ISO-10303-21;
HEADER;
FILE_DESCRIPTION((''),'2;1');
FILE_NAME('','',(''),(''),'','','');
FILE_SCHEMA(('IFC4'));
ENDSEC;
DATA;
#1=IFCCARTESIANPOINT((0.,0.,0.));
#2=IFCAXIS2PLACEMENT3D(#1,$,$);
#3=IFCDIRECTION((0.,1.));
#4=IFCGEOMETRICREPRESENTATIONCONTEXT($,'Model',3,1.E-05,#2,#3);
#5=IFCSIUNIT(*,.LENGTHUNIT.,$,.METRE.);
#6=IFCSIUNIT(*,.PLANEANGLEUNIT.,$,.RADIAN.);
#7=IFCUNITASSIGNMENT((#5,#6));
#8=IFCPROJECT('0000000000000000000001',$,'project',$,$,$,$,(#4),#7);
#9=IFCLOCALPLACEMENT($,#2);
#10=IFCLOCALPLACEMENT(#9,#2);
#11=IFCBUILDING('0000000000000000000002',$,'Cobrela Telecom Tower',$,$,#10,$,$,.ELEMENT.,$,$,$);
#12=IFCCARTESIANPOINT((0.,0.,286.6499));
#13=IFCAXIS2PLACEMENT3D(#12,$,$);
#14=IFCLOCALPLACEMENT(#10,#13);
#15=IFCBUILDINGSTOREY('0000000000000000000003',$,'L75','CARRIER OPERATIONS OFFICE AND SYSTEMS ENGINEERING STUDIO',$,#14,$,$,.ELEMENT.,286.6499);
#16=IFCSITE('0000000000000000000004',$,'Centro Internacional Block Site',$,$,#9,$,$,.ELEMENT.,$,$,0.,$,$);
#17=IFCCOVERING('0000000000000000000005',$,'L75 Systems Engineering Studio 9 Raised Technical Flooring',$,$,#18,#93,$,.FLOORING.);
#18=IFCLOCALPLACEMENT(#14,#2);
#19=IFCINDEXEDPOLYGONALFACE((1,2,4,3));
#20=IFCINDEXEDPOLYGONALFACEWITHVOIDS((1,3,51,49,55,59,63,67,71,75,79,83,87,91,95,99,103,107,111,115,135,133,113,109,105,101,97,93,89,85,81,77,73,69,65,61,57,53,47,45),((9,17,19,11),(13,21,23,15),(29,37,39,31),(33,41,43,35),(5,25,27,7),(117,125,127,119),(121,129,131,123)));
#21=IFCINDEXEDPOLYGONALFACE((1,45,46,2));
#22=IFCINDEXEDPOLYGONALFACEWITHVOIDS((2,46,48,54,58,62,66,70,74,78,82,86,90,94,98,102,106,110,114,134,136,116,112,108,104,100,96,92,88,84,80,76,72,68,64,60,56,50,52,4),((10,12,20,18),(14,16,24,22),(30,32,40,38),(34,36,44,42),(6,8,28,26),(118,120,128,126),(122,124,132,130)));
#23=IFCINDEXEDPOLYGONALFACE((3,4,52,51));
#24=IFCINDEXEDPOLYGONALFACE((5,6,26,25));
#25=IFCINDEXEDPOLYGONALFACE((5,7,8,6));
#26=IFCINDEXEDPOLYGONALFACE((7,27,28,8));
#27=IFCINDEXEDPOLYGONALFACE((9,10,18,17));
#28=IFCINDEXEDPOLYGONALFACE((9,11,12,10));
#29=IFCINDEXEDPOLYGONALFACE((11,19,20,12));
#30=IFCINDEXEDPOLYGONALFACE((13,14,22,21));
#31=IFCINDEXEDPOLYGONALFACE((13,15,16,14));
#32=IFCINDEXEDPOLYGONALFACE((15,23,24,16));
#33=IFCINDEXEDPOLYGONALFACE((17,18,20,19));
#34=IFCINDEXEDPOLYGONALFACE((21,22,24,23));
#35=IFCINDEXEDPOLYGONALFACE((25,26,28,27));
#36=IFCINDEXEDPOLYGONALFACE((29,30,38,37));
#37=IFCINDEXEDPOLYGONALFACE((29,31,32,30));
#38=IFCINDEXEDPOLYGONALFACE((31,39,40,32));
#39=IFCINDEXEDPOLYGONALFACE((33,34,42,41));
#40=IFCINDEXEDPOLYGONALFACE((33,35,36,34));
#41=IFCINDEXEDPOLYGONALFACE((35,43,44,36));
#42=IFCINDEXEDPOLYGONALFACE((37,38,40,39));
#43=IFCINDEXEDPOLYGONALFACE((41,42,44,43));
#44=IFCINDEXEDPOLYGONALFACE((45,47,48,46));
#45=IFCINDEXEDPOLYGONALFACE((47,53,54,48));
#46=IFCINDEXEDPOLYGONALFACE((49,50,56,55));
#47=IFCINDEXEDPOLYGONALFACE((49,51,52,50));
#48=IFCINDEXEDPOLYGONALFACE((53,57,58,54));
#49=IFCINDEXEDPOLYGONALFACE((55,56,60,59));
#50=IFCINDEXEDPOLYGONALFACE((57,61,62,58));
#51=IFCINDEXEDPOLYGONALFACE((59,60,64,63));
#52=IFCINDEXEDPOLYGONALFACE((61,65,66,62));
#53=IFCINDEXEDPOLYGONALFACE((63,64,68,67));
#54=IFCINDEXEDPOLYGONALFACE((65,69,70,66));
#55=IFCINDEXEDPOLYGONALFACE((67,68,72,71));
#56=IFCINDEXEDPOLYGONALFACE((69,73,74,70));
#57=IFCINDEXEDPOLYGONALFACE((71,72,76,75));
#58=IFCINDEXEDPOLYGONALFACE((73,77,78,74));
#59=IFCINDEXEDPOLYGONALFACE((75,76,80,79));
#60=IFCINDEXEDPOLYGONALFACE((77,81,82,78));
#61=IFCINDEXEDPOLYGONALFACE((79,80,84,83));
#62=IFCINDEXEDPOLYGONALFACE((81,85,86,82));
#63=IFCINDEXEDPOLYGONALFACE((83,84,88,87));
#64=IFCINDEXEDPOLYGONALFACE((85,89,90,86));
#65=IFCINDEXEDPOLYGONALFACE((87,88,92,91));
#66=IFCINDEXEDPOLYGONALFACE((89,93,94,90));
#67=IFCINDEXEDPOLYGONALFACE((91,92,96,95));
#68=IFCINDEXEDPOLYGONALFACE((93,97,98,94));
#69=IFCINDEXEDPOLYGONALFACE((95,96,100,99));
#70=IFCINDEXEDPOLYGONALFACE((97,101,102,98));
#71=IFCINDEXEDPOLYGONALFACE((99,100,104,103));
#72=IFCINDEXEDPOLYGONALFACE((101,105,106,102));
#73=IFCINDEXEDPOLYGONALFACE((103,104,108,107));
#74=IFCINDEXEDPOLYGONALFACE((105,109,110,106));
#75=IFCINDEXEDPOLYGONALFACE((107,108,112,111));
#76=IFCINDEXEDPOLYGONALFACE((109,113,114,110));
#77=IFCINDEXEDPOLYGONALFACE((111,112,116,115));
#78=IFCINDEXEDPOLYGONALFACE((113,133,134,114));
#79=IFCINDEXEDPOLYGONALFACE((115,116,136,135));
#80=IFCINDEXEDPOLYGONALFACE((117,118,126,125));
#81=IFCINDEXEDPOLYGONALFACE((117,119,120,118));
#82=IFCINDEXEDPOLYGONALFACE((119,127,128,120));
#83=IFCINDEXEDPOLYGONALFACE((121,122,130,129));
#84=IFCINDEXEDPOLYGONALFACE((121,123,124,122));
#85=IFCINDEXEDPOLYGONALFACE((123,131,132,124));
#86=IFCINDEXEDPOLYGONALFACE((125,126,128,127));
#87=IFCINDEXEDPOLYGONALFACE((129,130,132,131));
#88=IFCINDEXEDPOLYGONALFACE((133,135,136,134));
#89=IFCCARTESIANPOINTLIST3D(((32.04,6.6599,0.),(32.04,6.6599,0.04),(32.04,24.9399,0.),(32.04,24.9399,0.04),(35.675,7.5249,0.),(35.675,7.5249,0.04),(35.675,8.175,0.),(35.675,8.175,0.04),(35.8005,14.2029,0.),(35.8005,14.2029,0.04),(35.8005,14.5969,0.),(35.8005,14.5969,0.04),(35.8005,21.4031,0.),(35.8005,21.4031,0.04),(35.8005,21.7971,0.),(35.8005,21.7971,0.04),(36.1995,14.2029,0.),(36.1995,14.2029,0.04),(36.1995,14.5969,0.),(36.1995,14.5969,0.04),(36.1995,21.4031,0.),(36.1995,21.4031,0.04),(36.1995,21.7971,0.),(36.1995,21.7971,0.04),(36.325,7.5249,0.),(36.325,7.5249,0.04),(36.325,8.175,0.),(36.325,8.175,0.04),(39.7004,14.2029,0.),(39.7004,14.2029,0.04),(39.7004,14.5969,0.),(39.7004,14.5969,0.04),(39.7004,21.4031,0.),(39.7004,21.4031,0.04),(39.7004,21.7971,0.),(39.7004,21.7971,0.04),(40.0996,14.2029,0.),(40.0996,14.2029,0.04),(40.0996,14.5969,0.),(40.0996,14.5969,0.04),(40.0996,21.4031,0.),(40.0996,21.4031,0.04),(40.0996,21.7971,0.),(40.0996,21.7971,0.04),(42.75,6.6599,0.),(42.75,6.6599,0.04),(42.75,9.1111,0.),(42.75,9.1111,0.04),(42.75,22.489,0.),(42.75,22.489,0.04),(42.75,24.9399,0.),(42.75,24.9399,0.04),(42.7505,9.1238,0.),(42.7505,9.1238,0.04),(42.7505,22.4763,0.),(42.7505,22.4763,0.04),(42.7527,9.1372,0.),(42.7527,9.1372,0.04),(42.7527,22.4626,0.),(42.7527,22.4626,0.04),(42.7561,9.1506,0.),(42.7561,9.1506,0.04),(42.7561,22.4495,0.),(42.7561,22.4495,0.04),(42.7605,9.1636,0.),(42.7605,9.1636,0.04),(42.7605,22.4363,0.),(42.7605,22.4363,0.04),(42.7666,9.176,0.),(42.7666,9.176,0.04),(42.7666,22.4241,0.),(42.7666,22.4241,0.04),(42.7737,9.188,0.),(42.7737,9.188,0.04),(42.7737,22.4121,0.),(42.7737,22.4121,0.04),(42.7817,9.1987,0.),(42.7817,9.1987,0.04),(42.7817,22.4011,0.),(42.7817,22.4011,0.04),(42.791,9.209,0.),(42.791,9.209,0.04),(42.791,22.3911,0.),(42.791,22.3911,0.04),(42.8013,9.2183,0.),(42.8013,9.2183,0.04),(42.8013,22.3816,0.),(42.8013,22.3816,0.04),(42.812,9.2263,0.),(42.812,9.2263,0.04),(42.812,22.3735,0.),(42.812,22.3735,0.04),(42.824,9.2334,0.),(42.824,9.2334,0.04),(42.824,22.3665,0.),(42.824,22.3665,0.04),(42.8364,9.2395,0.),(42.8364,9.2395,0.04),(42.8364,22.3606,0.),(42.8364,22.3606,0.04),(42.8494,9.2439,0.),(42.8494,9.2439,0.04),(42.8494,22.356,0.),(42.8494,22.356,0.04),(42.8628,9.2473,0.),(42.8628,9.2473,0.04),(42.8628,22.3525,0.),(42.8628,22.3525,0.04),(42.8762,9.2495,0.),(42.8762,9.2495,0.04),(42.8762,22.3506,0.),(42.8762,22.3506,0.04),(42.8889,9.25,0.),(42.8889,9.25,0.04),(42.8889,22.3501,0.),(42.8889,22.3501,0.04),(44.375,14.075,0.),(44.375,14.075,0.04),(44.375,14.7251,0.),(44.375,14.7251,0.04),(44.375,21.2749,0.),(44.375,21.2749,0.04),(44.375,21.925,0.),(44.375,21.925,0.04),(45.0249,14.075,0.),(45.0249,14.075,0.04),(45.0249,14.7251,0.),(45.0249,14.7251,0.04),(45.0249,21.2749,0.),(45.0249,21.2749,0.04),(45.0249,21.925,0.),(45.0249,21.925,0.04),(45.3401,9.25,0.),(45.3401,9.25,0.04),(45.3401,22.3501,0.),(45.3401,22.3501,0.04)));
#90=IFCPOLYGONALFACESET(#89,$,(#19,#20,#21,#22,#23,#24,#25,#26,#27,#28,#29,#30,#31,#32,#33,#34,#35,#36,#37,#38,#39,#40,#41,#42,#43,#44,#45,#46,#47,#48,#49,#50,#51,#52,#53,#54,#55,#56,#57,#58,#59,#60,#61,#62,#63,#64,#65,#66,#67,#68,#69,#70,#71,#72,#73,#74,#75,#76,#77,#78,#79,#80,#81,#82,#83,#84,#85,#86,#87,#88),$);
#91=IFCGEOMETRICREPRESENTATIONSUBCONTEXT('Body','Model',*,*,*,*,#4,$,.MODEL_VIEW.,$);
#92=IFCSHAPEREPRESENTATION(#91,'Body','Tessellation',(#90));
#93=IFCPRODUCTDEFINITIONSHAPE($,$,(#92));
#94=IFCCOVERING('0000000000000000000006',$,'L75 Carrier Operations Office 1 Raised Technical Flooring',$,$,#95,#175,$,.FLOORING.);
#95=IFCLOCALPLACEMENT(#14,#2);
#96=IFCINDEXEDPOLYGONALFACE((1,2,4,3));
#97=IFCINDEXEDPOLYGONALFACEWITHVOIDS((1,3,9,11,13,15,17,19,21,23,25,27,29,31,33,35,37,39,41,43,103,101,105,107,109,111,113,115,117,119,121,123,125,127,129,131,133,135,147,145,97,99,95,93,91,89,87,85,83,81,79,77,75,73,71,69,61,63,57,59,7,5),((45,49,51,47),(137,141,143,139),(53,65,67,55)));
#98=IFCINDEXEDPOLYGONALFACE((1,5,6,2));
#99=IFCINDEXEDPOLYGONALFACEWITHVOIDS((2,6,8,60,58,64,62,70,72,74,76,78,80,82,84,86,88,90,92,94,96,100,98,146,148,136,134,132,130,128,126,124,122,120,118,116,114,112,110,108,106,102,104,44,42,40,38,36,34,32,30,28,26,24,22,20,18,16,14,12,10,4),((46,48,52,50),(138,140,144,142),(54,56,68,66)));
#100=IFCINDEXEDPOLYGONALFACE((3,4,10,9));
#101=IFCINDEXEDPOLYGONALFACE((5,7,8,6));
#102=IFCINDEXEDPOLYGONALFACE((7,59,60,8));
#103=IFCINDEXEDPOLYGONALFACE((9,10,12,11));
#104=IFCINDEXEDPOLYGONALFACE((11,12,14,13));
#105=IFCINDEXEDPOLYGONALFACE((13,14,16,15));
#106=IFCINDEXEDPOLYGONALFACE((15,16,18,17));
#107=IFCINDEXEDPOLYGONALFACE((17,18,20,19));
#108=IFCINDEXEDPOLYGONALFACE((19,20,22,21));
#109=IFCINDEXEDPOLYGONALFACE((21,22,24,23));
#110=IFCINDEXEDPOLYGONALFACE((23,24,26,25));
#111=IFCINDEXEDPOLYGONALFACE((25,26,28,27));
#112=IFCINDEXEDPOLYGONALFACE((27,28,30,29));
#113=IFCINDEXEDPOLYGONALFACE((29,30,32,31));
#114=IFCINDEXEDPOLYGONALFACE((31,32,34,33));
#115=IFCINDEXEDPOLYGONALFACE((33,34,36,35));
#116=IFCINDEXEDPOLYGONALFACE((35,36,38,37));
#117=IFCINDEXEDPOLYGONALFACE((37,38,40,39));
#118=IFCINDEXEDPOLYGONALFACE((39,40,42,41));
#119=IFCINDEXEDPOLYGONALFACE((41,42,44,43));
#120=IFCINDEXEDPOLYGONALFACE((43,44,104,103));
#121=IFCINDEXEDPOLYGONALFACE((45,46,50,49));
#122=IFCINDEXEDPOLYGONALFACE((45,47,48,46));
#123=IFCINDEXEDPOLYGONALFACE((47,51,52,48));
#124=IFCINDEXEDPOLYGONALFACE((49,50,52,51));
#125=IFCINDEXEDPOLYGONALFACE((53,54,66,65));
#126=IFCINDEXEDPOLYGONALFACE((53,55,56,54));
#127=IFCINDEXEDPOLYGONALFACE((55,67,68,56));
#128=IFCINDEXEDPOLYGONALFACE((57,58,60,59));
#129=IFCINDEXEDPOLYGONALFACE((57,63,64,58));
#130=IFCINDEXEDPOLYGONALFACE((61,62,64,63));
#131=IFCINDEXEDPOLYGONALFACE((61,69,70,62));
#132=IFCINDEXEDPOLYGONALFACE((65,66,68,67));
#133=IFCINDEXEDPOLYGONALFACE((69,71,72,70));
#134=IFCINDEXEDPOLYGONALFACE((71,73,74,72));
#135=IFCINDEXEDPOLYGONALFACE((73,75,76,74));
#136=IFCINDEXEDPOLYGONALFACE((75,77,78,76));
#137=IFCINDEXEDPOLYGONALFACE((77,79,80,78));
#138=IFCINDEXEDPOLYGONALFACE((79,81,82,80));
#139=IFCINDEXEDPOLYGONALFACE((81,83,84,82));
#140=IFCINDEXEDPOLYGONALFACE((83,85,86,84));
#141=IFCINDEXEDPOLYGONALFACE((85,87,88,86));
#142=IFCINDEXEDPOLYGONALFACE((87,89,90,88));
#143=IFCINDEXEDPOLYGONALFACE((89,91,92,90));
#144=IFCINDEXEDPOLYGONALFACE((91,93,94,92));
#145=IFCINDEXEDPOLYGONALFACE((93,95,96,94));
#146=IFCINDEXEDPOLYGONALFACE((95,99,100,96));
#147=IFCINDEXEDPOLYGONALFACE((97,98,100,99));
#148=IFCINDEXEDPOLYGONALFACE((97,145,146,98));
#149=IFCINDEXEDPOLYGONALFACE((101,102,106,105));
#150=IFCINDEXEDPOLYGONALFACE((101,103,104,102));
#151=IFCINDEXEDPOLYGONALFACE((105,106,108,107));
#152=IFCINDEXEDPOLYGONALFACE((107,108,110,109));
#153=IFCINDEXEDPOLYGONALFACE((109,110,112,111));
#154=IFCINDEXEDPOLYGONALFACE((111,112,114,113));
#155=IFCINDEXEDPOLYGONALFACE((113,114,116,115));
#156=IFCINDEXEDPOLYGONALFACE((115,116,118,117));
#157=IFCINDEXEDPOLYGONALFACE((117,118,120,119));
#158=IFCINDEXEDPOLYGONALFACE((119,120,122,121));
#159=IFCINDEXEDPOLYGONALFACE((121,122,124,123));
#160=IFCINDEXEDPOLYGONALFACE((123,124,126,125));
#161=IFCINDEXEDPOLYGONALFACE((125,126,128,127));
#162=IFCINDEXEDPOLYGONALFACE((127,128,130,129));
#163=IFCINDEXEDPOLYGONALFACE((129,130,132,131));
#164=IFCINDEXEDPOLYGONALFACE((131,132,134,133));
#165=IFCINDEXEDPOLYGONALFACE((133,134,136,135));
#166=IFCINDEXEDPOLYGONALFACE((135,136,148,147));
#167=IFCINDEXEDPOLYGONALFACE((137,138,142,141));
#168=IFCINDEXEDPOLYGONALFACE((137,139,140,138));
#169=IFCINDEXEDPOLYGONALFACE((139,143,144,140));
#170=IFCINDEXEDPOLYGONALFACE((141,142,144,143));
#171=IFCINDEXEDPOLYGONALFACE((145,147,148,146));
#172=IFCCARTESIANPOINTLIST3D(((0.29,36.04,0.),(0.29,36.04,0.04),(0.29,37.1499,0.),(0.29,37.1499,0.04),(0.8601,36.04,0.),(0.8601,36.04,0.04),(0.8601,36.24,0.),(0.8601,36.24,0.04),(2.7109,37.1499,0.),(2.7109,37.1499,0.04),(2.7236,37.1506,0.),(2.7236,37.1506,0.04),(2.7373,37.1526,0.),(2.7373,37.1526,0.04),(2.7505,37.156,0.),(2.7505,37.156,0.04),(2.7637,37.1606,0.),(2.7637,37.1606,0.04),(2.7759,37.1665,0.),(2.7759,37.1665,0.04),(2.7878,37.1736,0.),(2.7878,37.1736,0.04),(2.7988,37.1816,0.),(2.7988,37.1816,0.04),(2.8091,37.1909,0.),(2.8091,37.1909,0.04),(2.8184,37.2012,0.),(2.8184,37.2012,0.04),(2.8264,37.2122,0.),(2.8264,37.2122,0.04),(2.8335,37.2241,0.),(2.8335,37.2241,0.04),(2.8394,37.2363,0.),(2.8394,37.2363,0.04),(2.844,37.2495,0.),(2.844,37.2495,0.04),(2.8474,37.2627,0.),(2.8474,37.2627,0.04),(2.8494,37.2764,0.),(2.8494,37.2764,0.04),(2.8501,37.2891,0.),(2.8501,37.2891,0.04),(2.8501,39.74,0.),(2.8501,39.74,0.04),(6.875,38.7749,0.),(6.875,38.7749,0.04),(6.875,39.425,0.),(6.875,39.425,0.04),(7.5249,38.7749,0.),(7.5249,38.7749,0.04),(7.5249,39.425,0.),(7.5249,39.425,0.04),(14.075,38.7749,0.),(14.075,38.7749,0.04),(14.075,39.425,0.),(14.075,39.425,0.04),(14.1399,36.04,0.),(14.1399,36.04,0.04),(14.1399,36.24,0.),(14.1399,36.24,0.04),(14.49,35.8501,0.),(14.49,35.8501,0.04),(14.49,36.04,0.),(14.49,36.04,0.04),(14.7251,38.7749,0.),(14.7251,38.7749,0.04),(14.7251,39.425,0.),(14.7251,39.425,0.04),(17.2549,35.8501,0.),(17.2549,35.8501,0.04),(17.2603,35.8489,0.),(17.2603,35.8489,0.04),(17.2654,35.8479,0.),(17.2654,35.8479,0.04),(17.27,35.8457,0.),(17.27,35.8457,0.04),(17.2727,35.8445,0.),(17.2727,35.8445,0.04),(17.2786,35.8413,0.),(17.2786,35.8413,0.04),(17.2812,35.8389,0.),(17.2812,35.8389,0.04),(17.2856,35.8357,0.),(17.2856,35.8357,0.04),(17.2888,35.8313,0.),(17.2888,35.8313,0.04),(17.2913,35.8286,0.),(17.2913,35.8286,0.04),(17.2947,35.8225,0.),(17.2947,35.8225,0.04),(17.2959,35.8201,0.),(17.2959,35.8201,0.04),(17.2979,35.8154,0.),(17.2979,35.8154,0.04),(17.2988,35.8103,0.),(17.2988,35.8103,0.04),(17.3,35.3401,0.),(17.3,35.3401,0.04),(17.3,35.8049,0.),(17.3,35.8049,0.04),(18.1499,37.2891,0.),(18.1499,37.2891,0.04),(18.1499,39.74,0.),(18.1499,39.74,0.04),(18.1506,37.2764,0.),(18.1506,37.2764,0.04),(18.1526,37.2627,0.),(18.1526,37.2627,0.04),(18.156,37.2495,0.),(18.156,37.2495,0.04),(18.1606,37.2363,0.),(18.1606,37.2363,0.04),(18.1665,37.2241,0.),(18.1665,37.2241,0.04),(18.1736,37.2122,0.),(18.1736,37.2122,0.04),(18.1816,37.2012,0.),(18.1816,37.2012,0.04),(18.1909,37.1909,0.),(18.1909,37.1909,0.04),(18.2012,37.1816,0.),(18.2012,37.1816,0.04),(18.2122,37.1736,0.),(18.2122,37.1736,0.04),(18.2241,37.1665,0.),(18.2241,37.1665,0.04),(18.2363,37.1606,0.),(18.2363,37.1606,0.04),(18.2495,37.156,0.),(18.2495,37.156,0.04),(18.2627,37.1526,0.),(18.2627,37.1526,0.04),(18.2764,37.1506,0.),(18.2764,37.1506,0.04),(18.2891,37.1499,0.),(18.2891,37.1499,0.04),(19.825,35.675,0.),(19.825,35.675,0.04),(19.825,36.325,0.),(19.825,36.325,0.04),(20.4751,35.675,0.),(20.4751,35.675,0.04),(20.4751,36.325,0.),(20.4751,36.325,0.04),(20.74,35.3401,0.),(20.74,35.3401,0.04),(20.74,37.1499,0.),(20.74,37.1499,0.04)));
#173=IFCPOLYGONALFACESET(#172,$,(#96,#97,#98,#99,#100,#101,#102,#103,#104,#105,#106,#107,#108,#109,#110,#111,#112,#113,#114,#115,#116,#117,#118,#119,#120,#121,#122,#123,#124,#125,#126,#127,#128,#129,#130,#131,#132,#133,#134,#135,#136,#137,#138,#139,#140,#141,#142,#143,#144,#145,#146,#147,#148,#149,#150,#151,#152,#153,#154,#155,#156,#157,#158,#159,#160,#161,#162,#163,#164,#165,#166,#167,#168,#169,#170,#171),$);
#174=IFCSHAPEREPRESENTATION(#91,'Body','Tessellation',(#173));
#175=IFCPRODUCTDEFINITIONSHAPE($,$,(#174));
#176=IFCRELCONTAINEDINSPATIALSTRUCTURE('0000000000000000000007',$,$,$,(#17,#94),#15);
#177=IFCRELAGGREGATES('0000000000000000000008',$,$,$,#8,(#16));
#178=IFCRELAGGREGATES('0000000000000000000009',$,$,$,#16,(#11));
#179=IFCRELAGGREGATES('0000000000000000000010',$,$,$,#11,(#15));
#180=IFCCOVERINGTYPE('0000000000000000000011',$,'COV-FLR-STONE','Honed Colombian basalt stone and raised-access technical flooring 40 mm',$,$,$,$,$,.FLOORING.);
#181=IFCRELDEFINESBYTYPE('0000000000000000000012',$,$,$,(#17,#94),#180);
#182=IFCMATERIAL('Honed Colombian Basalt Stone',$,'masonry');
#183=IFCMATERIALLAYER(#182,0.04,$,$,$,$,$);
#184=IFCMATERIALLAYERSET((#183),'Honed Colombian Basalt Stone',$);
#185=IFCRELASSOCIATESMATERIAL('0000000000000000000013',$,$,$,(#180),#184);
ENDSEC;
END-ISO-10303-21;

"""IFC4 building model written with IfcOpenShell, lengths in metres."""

from ifc_helpers import new_model, si_unit, direction, frame, origin, place, context, subcontext, project, spatial, polyline, outline, extrude, material, layer, layer_set, type_object, element, save


model = new_model("IFC4")

# Units and contexts
model_context = context("Model", 3, precision=1e-05, world=origin(), true_north=direction((0.0, 1.0)))
body_context = subcontext(model_context, "Body", "Model", "MODEL_VIEW")
ifc_project = project(units=[si_unit("LENGTHUNIT", "METRE"), si_unit("PLANEANGLEUNIT", "RADIAN")], contexts=[model_context])

# Site, building, storey
site_placement = place(None, origin())
site = spatial("IfcSite", under=ifc_project, at=site_placement, Name="Centro Internacional Block Site", CompositionType="ELEMENT", RefElevation=0.0)
building_placement = place(site_placement, origin())
building = spatial("IfcBuilding", under=site, at=building_placement, Name="Cobrela Telecom Tower", CompositionType="ELEMENT")
storey_placement = place(building_placement, frame((0.0, 0.0, 286.6499)))
storey = spatial("IfcBuildingStorey", under=building, at=storey_placement, Name="L75", Description="CARRIER OPERATIONS OFFICE AND SYSTEMS ENGINEERING STUDIO", CompositionType="ELEMENT", Elevation=286.6499)

# Coverings
ifc_material_1 = material(Name="Honed Colombian Basalt Stone", Category="masonry")
ifc_layer_1 = layer(ifc_material_1, 0.04)
ifc_layer_set_1 = layer_set([ifc_layer_1], Name="Honed Colombian Basalt Stone")
covering_type_1 = type_object("IfcCoveringType", Name="COV-FLR-STONE", Description="Honed Colombian basalt stone and raised-access technical flooring 40 mm", PredefinedType="FLOORING", material=ifc_layer_set_1)
covering_1_placement = place(storey_placement, origin())
element("IfcCovering", 1, at=covering_1_placement, inside=storey, type_object=covering_type_1, Name="L75 Systems Engineering Studio 9 Raised Technical Flooring", PredefinedType="FLOORING", context=body_context, shape_type="SweptSolid", body=[
    extrude(outline(polyline([(42.8628, 9.2473), (42.8494, 9.2439), (42.8364, 9.2395), (42.824, 9.2334), (42.812, 9.2263), (42.8013, 9.2183), (42.791, 9.209), (42.7817, 9.1987), (42.7737, 9.188), (42.7666, 9.176), (42.7605, 9.1636), (42.7561, 9.1506), (42.7527, 9.1372), (42.7505, 9.1238), (42.75, 9.1111), (42.75, 6.6599), (32.04, 6.6599), (32.04, 24.9399), (42.75, 24.9399), (42.75, 22.489), (42.7505, 22.4763), (42.7527, 22.4626), (42.7561, 22.4495), (42.7605, 22.4363), (42.7666, 22.4241), (42.7737, 22.4121), (42.7817, 22.4011), (42.791, 22.3911), (42.8013, 22.3816), (42.812, 22.3735), (42.824, 22.3665), (42.8364, 22.3606), (42.8494, 22.356), (42.8628, 22.3525), (42.8762, 22.3506), (42.8889, 22.3501), (45.3401, 22.3501), (45.3401, 9.25), (42.8889, 9.25), (42.8762, 9.2495), (42.8628, 9.2473)]), holes=[polyline([(36.325, 8.175), (35.675, 8.175), (35.675, 7.5249), (36.325, 7.5249), (36.325, 8.175)]), polyline([(36.1995, 14.5969), (35.8005, 14.5969), (35.8005, 14.2029), (36.1995, 14.2029), (36.1995, 14.5969)]), polyline([(40.0996, 14.5969), (39.7004, 14.5969), (39.7004, 14.2029), (40.0996, 14.2029), (40.0996, 14.5969)]), polyline([(45.0249, 14.7251), (44.375, 14.7251), (44.375, 14.075), (45.0249, 14.075), (45.0249, 14.7251)]), polyline([(36.1995, 21.7971), (35.8005, 21.7971), (35.8005, 21.4031), (36.1995, 21.4031), (36.1995, 21.7971)]), polyline([(40.0996, 21.4031), (40.0996, 21.7971), (39.7004, 21.7971), (39.7004, 21.4031), (40.0996, 21.4031)]), polyline([(45.0249, 21.2749), (45.0249, 21.925), (44.375, 21.925), (44.375, 21.2749), (45.0249, 21.2749)])]), origin(), (0.0, 0.0, 1.0), 0.04),
])
covering_2_placement = place(storey_placement, origin())
element("IfcCovering", 2, at=covering_2_placement, inside=storey, type_object=covering_type_1, Name="L75 Carrier Operations Office 1 Raised Technical Flooring", PredefinedType="FLOORING", context=body_context, shape_type="SweptSolid", body=[
    extrude(outline(polyline([(14.1399, 36.24), (0.8601, 36.24), (0.8601, 36.04), (0.29, 36.04), (0.29, 37.1499), (2.7109, 37.1499), (2.7236, 37.1506), (2.7373, 37.1526), (2.7505, 37.156), (2.7637, 37.1606), (2.7759, 37.1665), (2.7878, 37.1736), (2.7988, 37.1816), (2.8091, 37.1909), (2.8184, 37.2012), (2.8264, 37.2122), (2.8335, 37.2241), (2.8394, 37.2363), (2.844, 37.2495), (2.8474, 37.2627), (2.8494, 37.2764), (2.8501, 37.2891), (2.8501, 39.74), (18.1499, 39.74), (18.1499, 37.2891), (18.1506, 37.2764), (18.1526, 37.2627), (18.156, 37.2495), (18.1606, 37.2363), (18.1665, 37.2241), (18.1736, 37.2122), (18.1816, 37.2012), (18.1909, 37.1909), (18.2012, 37.1816), (18.2122, 37.1736), (18.2241, 37.1665), (18.2363, 37.1606), (18.2495, 37.156), (18.2627, 37.1526), (18.2764, 37.1506), (18.2891, 37.1499), (20.74, 37.1499), (20.74, 35.3401), (17.3, 35.3401), (17.3, 35.8049), (17.2988, 35.8103), (17.2979, 35.8154), (17.2959, 35.8201), (17.2947, 35.8225), (17.2913, 35.8286), (17.2888, 35.8313), (17.2856, 35.8357), (17.2812, 35.8389), (17.2786, 35.8413), (17.2727, 35.8445), (17.27, 35.8457), (17.2654, 35.8479), (17.2603, 35.8489), (17.2549, 35.8501), (14.49, 35.8501), (14.49, 36.04), (14.1399, 36.04), (14.1399, 36.24)]), holes=[polyline([(20.4751, 36.325), (19.825, 36.325), (19.825, 35.675), (20.4751, 35.675), (20.4751, 36.325)]), polyline([(7.5249, 39.425), (6.875, 39.425), (6.875, 38.7749), (7.5249, 38.7749), (7.5249, 39.425)]), polyline([(14.7251, 39.425), (14.075, 39.425), (14.075, 38.7749), (14.7251, 38.7749), (14.7251, 39.425)])]), origin(), (0.0, 0.0, 1.0), 0.04),
])

save(model, "model.ifc")
